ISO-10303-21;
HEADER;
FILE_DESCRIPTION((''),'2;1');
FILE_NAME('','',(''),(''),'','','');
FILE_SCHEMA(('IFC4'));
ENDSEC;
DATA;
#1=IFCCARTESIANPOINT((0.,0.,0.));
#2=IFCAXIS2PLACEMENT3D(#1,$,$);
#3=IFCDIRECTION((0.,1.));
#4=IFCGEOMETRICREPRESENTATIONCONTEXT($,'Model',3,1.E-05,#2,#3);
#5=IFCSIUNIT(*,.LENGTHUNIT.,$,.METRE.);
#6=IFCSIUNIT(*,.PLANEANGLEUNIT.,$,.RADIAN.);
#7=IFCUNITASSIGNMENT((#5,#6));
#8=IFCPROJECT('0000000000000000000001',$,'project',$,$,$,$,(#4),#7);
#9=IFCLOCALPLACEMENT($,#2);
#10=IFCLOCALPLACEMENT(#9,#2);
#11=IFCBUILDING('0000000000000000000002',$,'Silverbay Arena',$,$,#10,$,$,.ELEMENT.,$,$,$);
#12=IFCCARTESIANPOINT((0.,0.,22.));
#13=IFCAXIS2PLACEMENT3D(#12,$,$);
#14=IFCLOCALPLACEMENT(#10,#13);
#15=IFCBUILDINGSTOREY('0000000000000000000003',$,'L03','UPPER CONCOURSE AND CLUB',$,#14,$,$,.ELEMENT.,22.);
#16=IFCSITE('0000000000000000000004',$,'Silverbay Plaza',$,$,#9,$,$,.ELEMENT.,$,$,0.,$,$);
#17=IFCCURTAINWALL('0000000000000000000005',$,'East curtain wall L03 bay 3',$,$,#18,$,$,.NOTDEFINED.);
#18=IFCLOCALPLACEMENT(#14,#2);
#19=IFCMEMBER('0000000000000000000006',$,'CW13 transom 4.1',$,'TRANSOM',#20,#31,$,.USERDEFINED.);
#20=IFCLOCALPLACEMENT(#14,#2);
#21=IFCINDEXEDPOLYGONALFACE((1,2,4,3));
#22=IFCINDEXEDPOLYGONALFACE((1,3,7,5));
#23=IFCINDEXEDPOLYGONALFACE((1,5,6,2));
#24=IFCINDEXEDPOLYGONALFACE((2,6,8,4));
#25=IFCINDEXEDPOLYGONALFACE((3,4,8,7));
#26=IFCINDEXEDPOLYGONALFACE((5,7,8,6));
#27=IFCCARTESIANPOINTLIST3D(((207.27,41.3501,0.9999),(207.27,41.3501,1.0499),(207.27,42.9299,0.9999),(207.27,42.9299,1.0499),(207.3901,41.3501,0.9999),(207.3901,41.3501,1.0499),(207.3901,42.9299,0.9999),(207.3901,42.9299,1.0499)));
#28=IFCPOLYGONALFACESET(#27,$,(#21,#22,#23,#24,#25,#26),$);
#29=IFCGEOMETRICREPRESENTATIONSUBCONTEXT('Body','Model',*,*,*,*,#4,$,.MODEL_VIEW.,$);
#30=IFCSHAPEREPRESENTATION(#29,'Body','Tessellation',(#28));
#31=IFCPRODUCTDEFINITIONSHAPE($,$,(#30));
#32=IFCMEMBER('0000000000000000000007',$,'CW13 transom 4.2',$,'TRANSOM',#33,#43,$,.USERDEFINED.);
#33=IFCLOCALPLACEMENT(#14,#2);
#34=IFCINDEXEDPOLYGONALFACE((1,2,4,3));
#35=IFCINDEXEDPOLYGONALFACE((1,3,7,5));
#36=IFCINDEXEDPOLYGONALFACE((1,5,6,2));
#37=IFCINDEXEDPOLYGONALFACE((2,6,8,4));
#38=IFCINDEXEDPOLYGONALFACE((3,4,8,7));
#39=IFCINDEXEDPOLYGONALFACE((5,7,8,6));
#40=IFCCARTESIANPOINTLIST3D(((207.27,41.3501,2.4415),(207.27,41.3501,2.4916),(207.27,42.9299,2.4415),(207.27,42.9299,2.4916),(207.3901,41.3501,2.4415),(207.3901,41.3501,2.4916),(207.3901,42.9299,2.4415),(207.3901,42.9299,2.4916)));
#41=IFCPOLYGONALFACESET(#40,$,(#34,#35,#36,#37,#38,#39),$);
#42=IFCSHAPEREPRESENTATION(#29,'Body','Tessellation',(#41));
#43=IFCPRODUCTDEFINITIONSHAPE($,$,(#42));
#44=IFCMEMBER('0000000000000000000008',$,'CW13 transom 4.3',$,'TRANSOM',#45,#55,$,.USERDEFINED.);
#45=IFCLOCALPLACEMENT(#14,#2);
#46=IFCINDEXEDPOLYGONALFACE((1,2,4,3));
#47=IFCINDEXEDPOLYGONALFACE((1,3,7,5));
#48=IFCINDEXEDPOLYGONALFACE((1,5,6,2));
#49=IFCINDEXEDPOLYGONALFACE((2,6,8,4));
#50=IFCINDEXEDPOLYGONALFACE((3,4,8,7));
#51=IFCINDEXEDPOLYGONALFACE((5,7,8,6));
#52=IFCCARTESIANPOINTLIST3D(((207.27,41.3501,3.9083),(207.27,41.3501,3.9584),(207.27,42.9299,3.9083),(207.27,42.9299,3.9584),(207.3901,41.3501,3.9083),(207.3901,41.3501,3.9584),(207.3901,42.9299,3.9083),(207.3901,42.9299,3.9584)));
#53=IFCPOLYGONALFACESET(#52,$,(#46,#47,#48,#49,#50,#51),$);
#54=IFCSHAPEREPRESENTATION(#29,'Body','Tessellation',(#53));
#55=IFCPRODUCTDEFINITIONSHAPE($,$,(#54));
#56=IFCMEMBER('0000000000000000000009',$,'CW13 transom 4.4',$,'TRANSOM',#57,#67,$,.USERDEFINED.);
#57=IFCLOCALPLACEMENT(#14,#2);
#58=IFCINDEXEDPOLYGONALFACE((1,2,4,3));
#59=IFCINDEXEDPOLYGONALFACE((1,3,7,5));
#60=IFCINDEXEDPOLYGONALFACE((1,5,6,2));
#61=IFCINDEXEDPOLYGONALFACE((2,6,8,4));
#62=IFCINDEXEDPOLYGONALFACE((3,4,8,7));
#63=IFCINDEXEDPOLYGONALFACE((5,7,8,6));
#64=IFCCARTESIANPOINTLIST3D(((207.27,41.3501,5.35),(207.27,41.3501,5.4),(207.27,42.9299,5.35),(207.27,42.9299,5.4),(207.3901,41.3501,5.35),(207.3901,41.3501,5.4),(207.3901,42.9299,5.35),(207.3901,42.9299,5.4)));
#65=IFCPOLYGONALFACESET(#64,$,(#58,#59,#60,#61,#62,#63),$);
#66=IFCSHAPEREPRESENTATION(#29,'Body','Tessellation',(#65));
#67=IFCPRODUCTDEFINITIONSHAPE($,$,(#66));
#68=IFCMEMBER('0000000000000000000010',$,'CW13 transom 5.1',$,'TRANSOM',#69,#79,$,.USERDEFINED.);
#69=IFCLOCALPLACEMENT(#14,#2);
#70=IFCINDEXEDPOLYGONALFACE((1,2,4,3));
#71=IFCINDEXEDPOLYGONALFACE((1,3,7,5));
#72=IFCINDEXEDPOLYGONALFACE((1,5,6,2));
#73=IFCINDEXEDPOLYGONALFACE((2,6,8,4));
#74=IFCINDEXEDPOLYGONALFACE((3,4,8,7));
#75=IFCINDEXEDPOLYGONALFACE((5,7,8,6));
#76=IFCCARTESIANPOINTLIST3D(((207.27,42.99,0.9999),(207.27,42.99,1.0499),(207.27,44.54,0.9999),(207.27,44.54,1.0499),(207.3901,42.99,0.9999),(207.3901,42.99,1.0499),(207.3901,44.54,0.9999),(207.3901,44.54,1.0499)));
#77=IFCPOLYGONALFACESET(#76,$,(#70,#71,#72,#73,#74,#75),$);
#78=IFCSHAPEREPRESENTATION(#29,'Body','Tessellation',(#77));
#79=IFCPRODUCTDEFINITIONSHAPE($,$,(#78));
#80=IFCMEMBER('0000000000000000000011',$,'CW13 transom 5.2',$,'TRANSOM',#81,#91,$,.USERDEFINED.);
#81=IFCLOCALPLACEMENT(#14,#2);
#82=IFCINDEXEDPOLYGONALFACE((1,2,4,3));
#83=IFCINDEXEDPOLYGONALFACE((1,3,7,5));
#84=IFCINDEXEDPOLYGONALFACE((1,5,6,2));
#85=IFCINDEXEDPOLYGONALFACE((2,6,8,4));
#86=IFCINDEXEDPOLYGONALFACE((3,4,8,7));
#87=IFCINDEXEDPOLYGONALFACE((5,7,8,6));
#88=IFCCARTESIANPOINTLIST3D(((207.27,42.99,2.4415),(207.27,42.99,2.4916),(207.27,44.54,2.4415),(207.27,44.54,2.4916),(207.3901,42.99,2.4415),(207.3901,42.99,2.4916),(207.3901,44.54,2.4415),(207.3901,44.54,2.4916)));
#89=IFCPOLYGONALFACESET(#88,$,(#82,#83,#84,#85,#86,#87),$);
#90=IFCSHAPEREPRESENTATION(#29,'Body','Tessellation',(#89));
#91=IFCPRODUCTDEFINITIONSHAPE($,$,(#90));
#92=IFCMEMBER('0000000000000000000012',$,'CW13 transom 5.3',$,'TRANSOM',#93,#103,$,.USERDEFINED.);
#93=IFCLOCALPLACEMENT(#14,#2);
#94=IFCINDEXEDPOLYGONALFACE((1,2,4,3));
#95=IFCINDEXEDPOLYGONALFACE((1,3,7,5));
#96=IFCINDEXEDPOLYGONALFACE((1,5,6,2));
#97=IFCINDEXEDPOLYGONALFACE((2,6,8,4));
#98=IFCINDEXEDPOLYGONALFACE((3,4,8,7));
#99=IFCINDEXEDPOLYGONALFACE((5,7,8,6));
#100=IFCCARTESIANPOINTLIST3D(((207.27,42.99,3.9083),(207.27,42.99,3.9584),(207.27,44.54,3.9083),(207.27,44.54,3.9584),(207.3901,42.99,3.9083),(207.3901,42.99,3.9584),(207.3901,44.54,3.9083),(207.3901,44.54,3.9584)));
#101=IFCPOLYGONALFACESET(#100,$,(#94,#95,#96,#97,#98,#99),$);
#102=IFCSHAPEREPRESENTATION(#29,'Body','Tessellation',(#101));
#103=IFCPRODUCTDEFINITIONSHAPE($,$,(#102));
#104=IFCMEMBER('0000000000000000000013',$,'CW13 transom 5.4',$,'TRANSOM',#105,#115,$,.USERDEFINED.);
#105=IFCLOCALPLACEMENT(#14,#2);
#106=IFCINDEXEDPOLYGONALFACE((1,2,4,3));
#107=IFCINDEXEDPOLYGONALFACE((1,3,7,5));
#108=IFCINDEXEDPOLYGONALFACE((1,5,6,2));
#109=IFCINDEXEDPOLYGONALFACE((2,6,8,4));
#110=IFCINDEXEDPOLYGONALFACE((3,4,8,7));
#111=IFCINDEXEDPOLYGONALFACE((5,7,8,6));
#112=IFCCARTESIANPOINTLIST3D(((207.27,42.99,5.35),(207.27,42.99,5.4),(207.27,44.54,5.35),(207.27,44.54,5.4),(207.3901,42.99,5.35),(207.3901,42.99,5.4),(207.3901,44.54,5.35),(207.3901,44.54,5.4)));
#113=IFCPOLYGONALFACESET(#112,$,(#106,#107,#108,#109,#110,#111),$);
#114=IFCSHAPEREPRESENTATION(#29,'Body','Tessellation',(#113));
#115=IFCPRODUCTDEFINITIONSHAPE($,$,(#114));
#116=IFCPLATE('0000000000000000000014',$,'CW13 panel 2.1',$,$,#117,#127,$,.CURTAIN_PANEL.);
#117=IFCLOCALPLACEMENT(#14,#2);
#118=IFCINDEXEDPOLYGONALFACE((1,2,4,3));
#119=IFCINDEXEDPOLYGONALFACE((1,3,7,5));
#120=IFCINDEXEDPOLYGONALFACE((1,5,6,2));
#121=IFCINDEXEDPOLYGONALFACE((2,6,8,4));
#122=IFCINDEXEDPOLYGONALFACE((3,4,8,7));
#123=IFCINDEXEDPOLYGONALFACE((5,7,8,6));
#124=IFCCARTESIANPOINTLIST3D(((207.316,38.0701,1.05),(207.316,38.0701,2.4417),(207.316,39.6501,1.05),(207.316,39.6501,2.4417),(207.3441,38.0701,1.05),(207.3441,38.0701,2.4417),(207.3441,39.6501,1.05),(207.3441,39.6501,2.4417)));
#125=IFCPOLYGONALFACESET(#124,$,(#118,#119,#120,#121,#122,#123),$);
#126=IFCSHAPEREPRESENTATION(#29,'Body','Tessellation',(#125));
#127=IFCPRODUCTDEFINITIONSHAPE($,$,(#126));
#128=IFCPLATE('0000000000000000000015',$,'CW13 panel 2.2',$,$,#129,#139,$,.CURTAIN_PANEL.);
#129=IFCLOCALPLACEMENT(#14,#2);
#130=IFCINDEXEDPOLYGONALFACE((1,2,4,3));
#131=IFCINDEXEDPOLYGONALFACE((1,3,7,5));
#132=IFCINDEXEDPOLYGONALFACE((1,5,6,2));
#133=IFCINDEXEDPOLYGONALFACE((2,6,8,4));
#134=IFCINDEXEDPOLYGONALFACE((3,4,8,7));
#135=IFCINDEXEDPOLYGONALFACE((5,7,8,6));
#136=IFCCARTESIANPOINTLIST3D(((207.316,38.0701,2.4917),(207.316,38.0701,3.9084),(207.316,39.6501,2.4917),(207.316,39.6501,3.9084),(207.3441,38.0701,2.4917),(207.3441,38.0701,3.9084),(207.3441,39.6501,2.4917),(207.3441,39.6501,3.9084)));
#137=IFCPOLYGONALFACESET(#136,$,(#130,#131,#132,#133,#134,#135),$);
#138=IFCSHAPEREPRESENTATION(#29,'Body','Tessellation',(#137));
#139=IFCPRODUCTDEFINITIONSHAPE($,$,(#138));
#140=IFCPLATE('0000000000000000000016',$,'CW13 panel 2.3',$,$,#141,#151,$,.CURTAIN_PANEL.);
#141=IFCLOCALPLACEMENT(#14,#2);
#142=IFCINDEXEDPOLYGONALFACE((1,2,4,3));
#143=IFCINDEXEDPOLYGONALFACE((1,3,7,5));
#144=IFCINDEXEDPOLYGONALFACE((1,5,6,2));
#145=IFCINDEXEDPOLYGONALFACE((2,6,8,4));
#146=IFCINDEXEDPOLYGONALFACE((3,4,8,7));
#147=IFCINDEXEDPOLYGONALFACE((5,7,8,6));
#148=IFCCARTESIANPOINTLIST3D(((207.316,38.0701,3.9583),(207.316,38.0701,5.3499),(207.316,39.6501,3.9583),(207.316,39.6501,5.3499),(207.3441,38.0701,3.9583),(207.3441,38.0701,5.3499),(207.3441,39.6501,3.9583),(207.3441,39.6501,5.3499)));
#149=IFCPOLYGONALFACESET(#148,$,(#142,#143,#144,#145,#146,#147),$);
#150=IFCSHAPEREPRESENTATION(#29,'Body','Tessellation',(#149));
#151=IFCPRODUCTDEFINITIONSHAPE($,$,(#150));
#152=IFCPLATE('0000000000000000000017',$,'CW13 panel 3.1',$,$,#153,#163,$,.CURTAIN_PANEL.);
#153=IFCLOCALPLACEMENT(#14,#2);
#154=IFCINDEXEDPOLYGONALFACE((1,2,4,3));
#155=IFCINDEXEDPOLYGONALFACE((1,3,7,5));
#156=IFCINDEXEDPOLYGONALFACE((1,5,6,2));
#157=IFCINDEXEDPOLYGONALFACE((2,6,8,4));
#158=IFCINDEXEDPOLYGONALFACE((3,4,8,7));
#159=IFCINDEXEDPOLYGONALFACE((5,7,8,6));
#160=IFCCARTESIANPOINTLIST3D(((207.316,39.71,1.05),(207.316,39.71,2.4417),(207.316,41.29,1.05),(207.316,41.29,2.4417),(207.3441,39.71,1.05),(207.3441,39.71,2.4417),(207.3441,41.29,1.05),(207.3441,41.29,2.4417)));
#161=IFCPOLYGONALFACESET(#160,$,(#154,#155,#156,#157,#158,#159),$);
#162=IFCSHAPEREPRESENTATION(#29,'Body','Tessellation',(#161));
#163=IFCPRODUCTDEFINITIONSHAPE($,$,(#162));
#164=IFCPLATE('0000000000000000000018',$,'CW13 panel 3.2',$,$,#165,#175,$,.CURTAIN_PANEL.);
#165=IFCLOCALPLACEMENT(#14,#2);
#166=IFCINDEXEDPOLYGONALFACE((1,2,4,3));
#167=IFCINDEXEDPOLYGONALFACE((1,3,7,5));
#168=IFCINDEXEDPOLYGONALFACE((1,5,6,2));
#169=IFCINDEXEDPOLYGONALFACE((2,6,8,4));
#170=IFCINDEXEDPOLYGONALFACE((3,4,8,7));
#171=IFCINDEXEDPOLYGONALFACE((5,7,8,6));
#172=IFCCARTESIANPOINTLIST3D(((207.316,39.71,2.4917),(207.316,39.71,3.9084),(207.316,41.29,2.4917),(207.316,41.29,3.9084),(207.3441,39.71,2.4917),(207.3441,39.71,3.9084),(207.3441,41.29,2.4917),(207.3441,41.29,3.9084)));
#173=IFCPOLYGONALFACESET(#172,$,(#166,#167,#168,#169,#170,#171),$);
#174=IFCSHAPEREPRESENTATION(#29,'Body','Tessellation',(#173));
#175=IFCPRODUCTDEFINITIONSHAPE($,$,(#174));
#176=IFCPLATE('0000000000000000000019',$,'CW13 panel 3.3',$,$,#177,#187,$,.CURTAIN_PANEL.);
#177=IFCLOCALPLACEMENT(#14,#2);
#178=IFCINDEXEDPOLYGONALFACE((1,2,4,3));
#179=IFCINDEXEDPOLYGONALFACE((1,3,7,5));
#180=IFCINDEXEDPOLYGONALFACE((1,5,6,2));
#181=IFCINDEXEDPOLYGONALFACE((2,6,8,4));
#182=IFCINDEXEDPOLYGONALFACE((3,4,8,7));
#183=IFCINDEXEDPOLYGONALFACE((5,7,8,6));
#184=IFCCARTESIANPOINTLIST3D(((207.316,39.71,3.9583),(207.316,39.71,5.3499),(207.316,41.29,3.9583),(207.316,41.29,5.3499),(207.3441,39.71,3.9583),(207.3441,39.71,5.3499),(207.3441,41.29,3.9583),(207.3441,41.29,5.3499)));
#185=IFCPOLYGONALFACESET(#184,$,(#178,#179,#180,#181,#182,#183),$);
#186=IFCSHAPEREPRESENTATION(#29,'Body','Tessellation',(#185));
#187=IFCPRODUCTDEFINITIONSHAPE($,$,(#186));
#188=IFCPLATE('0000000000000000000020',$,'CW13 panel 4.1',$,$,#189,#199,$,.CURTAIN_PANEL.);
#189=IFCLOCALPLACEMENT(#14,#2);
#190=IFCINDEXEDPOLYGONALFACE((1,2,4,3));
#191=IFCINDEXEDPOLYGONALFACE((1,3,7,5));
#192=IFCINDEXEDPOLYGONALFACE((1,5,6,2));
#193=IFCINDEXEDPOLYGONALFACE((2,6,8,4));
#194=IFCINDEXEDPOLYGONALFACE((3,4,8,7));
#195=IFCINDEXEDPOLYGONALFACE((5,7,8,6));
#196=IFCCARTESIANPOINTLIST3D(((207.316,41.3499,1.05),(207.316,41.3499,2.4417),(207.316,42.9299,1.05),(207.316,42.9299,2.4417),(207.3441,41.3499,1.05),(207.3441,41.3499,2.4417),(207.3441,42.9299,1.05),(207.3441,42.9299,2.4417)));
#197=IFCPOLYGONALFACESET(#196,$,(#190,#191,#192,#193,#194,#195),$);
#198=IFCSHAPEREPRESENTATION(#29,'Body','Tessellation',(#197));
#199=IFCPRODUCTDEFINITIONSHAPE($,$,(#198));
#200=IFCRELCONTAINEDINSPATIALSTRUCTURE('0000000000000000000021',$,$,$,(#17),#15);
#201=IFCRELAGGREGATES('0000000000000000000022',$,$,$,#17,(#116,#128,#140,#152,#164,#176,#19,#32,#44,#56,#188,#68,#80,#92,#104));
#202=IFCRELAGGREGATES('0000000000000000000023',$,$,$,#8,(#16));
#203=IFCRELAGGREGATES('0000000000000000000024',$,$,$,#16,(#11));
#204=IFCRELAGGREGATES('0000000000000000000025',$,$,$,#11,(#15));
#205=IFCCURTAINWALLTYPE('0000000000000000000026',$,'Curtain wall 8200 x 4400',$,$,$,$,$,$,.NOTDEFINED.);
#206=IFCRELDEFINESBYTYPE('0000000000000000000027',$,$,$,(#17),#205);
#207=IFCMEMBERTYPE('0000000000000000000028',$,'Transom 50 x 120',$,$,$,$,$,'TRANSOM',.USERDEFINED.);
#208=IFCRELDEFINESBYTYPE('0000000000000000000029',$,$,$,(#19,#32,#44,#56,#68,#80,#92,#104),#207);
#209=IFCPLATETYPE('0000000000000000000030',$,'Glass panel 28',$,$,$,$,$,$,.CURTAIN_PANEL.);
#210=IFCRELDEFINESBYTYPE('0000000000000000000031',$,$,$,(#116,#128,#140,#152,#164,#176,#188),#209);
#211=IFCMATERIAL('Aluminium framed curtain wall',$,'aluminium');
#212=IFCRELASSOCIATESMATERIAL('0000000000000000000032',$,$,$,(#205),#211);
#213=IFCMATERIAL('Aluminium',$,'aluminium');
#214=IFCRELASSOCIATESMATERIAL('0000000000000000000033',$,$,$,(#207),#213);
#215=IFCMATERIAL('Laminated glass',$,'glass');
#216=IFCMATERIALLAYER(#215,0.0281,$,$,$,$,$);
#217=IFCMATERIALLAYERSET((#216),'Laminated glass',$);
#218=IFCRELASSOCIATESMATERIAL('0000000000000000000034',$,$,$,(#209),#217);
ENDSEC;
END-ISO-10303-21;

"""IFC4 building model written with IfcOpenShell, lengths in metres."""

from ifc_helpers import new_model, si_unit, direction, frame, origin, origin_2d, place, context, subcontext, project, spatial, rectangle, extrude, material, layer, layer_set, material_profile, profile_set, type_object, element, aggregate, save


model = new_model("IFC4")

# Units and contexts
model_context = context("Model", 3, precision=1e-05, world=origin(), true_north=direction((0.0, 1.0)))
body_context = subcontext(model_context, "Body", "Model", "MODEL_VIEW")
ifc_project = project(units=[si_unit("LENGTHUNIT", "METRE"), si_unit("PLANEANGLEUNIT", "RADIAN")], contexts=[model_context])

# Site, building, storey
site_placement = place(None, origin())
site = spatial("IfcSite", under=ifc_project, at=site_placement, Name="Silverbay Plaza", CompositionType="ELEMENT", RefElevation=0.0)
building_placement = place(site_placement, origin())
building = spatial("IfcBuilding", under=site, at=building_placement, Name="Silverbay Arena", CompositionType="ELEMENT")
storey_placement = place(building_placement, frame((0.0, 0.0, 22.0)))
storey = spatial("IfcBuildingStorey", under=building, at=storey_placement, Name="L03", Description="UPPER CONCOURSE AND CLUB", CompositionType="ELEMENT", Elevation=22.0)

# Curtain wall
ifc_material_1 = material(Name="Aluminium framed curtain wall", Category="aluminium")
curtain_wall_type = type_object("IfcCurtainWallType", Name="Curtain wall 8200 x 4400", PredefinedType="NOTDEFINED", material=ifc_material_1)
curtain_wall_placement = place(storey_placement, origin())
curtain_wall = element("IfcCurtainWall", 1, at=curtain_wall_placement, inside=storey, type_object=curtain_wall_type, Name="East curtain wall L03 bay 3", PredefinedType="NOTDEFINED")

# Members
ifc_material_2 = material(Name="Aluminium", Category="aluminium")
ifc_material_profile_1 = material_profile(ifc_material_2, rectangle(XDim=0.1201, YDim=0.05, at=origin_2d()), Name="Transom 50 x 120")
ifc_profile_set_1 = profile_set([ifc_material_profile_1], Name="Aluminium")
member_type_1 = type_object("IfcMemberType", Name="Transom 50 x 120", ElementType="TRANSOM", PredefinedType="USERDEFINED", material=ifc_profile_set_1)
member_1_placement = place(storey_placement, frame((207.3301, 41.3501, 1.0249), z_axis=(0.0, 1.0, 0.0), x_axis=(-1.0, 0.0, 0.0)))
member_1 = element("IfcMember", 2, at=member_1_placement, type_object=member_type_1, Name="CW13 transom 4.1", ObjectType="TRANSOM", PredefinedType="USERDEFINED", context=body_context, shape_type="SweptSolid", body=[
    extrude(rectangle(XDim=0.1201, YDim=0.05, at=origin_2d()), origin(), (0.0, 0.0, 1.0), 1.5798),
])
member_2_placement = place(storey_placement, frame((207.3301, 41.3501, 2.4666), z_axis=(0.0, 1.0, 0.0), x_axis=(-1.0, 0.0, 0.0)))
member_2 = element("IfcMember", 3, at=member_2_placement, type_object=member_type_1, Name="CW13 transom 4.2", ObjectType="TRANSOM", PredefinedType="USERDEFINED", context=body_context, shape_type="SweptSolid", body=[
    extrude(rectangle(XDim=0.1201, YDim=0.05, at=origin_2d()), origin(), (0.0, 0.0, 1.0), 1.5798),
])
member_3_placement = place(storey_placement, frame((207.3301, 41.3501, 3.9333), z_axis=(0.0, 1.0, 0.0), x_axis=(-1.0, 0.0, 0.0)))
member_3 = element("IfcMember", 4, at=member_3_placement, type_object=member_type_1, Name="CW13 transom 4.3", ObjectType="TRANSOM", PredefinedType="USERDEFINED", context=body_context, shape_type="SweptSolid", body=[
    extrude(rectangle(XDim=0.1201, YDim=0.05, at=origin_2d()), origin(), (0.0, 0.0, 1.0), 1.5798),
])
member_4_placement = place(storey_placement, frame((207.3301, 41.3501, 5.375), z_axis=(0.0, 1.0, 0.0), x_axis=(-1.0, 0.0, 0.0)))
member_4 = element("IfcMember", 5, at=member_4_placement, type_object=member_type_1, Name="CW13 transom 4.4", ObjectType="TRANSOM", PredefinedType="USERDEFINED", context=body_context, shape_type="SweptSolid", body=[
    extrude(rectangle(XDim=0.1201, YDim=0.05, at=origin_2d()), origin(), (0.0, 0.0, 1.0), 1.5798),
])
member_5_placement = place(storey_placement, frame((207.3301, 42.99, 1.0249), z_axis=(0.0, 1.0, 0.0), x_axis=(-1.0, 0.0, 0.0)))
member_5 = element("IfcMember", 6, at=member_5_placement, type_object=member_type_1, Name="CW13 transom 5.1", ObjectType="TRANSOM", PredefinedType="USERDEFINED", context=body_context, shape_type="SweptSolid", body=[
    extrude(rectangle(XDim=0.1201, YDim=0.05, at=origin_2d()), origin(), (0.0, 0.0, 1.0), 1.55),
])
member_6_placement = place(storey_placement, frame((207.3301, 42.99, 2.4666), z_axis=(0.0, 1.0, 0.0), x_axis=(-1.0, 0.0, 0.0)))
member_6 = element("IfcMember", 7, at=member_6_placement, type_object=member_type_1, Name="CW13 transom 5.2", ObjectType="TRANSOM", PredefinedType="USERDEFINED", context=body_context, shape_type="SweptSolid", body=[
    extrude(rectangle(XDim=0.1201, YDim=0.05, at=origin_2d()), origin(), (0.0, 0.0, 1.0), 1.55),
])
member_7_placement = place(storey_placement, frame((207.3301, 42.99, 3.9333), z_axis=(0.0, 1.0, 0.0), x_axis=(-1.0, 0.0, 0.0)))
member_7 = element("IfcMember", 8, at=member_7_placement, type_object=member_type_1, Name="CW13 transom 5.3", ObjectType="TRANSOM", PredefinedType="USERDEFINED", context=body_context, shape_type="SweptSolid", body=[
    extrude(rectangle(XDim=0.1201, YDim=0.05, at=origin_2d()), origin(), (0.0, 0.0, 1.0), 1.55),
])
member_8_placement = place(storey_placement, frame((207.3301, 42.99, 5.375), z_axis=(0.0, 1.0, 0.0), x_axis=(-1.0, 0.0, 0.0)))
member_8 = element("IfcMember", 9, at=member_8_placement, type_object=member_type_1, Name="CW13 transom 5.4", ObjectType="TRANSOM", PredefinedType="USERDEFINED", context=body_context, shape_type="SweptSolid", body=[
    extrude(rectangle(XDim=0.1201, YDim=0.05, at=origin_2d()), origin(), (0.0, 0.0, 1.0), 1.55),
])

# Plates
ifc_material_3 = material(Name="Laminated glass", Category="glass")
ifc_layer_1 = layer(ifc_material_3, 0.0281)
ifc_layer_set_1 = layer_set([ifc_layer_1], Name="Laminated glass")
plate_type = type_object("IfcPlateType", Name="Glass panel 28", PredefinedType="CURTAIN_PANEL", material=ifc_layer_set_1)
plate_1_placement = place(storey_placement, frame((207.3301, 38.8601, 1.05), z_axis=(0.0, 0.0, 1.0), x_axis=(0.0, 1.0, 0.0)))
plate_1 = element("IfcPlate", 10, at=plate_1_placement, type_object=plate_type, Name="CW13 panel 2.1", PredefinedType="CURTAIN_PANEL", context=body_context, shape_type="SweptSolid", body=[
    extrude(rectangle(XDim=1.5801, YDim=0.0281, at=origin_2d()), origin(), (0.0, 0.0, 1.0), 1.3916),
])
plate_2_placement = place(storey_placement, frame((207.3301, 38.8601, 2.4917), z_axis=(0.0, 0.0, 1.0), x_axis=(0.0, 1.0, 0.0)))
plate_2 = element("IfcPlate", 11, at=plate_2_placement, type_object=plate_type, Name="CW13 panel 2.2", PredefinedType="CURTAIN_PANEL", context=body_context, shape_type="SweptSolid", body=[
    extrude(rectangle(XDim=1.5801, YDim=0.0281, at=origin_2d()), origin(), (0.0, 0.0, 1.0), 1.4167),
])
plate_3_placement = place(storey_placement, frame((207.3301, 38.8601, 3.9583), z_axis=(0.0, 0.0, 1.0), x_axis=(0.0, 1.0, 0.0)))
plate_3 = element("IfcPlate", 12, at=plate_3_placement, type_object=plate_type, Name="CW13 panel 2.3", PredefinedType="CURTAIN_PANEL", context=body_context, shape_type="SweptSolid", body=[
    extrude(rectangle(XDim=1.5801, YDim=0.0281, at=origin_2d()), origin(), (0.0, 0.0, 1.0), 1.3916),
])
plate_4_placement = place(storey_placement, frame((207.3301, 40.5, 1.05), z_axis=(0.0, 0.0, 1.0), x_axis=(0.0, 1.0, 0.0)))
plate_4 = element("IfcPlate", 13, at=plate_4_placement, type_object=plate_type, Name="CW13 panel 3.1", PredefinedType="CURTAIN_PANEL", context=body_context, shape_type="SweptSolid", body=[
    extrude(rectangle(XDim=1.5801, YDim=0.0281, at=origin_2d()), origin(), (0.0, 0.0, 1.0), 1.3916),
])
plate_5_placement = place(storey_placement, frame((207.3301, 40.5, 2.4917), z_axis=(0.0, 0.0, 1.0), x_axis=(0.0, 1.0, 0.0)))
plate_5 = element("IfcPlate", 14, at=plate_5_placement, type_object=plate_type, Name="CW13 panel 3.2", PredefinedType="CURTAIN_PANEL", context=body_context, shape_type="SweptSolid", body=[
    extrude(rectangle(XDim=1.5801, YDim=0.0281, at=origin_2d()), origin(), (0.0, 0.0, 1.0), 1.4167),
])
plate_6_placement = place(storey_placement, frame((207.3301, 40.5, 3.9583), z_axis=(0.0, 0.0, 1.0), x_axis=(0.0, 1.0, 0.0)))
plate_6 = element("IfcPlate", 15, at=plate_6_placement, type_object=plate_type, Name="CW13 panel 3.3", PredefinedType="CURTAIN_PANEL", context=body_context, shape_type="SweptSolid", body=[
    extrude(rectangle(XDim=1.5801, YDim=0.0281, at=origin_2d()), origin(), (0.0, 0.0, 1.0), 1.3916),
])
plate_7_placement = place(storey_placement, frame((207.3301, 42.1399, 1.05), z_axis=(0.0, 0.0, 1.0), x_axis=(0.0, 1.0, 0.0)))
plate_7 = element("IfcPlate", 16, at=plate_7_placement, type_object=plate_type, Name="CW13 panel 4.1", PredefinedType="CURTAIN_PANEL", context=body_context, shape_type="SweptSolid", body=[
    extrude(rectangle(XDim=1.5801, YDim=0.0281, at=origin_2d()), origin(), (0.0, 0.0, 1.0), 1.3916),
])
aggregate(curtain_wall, [plate_1, plate_2, plate_3, plate_4, plate_5, plate_6, member_1, member_2, member_3, member_4, plate_7, member_5, member_6, member_7, member_8])

save(model, "model.ifc")
